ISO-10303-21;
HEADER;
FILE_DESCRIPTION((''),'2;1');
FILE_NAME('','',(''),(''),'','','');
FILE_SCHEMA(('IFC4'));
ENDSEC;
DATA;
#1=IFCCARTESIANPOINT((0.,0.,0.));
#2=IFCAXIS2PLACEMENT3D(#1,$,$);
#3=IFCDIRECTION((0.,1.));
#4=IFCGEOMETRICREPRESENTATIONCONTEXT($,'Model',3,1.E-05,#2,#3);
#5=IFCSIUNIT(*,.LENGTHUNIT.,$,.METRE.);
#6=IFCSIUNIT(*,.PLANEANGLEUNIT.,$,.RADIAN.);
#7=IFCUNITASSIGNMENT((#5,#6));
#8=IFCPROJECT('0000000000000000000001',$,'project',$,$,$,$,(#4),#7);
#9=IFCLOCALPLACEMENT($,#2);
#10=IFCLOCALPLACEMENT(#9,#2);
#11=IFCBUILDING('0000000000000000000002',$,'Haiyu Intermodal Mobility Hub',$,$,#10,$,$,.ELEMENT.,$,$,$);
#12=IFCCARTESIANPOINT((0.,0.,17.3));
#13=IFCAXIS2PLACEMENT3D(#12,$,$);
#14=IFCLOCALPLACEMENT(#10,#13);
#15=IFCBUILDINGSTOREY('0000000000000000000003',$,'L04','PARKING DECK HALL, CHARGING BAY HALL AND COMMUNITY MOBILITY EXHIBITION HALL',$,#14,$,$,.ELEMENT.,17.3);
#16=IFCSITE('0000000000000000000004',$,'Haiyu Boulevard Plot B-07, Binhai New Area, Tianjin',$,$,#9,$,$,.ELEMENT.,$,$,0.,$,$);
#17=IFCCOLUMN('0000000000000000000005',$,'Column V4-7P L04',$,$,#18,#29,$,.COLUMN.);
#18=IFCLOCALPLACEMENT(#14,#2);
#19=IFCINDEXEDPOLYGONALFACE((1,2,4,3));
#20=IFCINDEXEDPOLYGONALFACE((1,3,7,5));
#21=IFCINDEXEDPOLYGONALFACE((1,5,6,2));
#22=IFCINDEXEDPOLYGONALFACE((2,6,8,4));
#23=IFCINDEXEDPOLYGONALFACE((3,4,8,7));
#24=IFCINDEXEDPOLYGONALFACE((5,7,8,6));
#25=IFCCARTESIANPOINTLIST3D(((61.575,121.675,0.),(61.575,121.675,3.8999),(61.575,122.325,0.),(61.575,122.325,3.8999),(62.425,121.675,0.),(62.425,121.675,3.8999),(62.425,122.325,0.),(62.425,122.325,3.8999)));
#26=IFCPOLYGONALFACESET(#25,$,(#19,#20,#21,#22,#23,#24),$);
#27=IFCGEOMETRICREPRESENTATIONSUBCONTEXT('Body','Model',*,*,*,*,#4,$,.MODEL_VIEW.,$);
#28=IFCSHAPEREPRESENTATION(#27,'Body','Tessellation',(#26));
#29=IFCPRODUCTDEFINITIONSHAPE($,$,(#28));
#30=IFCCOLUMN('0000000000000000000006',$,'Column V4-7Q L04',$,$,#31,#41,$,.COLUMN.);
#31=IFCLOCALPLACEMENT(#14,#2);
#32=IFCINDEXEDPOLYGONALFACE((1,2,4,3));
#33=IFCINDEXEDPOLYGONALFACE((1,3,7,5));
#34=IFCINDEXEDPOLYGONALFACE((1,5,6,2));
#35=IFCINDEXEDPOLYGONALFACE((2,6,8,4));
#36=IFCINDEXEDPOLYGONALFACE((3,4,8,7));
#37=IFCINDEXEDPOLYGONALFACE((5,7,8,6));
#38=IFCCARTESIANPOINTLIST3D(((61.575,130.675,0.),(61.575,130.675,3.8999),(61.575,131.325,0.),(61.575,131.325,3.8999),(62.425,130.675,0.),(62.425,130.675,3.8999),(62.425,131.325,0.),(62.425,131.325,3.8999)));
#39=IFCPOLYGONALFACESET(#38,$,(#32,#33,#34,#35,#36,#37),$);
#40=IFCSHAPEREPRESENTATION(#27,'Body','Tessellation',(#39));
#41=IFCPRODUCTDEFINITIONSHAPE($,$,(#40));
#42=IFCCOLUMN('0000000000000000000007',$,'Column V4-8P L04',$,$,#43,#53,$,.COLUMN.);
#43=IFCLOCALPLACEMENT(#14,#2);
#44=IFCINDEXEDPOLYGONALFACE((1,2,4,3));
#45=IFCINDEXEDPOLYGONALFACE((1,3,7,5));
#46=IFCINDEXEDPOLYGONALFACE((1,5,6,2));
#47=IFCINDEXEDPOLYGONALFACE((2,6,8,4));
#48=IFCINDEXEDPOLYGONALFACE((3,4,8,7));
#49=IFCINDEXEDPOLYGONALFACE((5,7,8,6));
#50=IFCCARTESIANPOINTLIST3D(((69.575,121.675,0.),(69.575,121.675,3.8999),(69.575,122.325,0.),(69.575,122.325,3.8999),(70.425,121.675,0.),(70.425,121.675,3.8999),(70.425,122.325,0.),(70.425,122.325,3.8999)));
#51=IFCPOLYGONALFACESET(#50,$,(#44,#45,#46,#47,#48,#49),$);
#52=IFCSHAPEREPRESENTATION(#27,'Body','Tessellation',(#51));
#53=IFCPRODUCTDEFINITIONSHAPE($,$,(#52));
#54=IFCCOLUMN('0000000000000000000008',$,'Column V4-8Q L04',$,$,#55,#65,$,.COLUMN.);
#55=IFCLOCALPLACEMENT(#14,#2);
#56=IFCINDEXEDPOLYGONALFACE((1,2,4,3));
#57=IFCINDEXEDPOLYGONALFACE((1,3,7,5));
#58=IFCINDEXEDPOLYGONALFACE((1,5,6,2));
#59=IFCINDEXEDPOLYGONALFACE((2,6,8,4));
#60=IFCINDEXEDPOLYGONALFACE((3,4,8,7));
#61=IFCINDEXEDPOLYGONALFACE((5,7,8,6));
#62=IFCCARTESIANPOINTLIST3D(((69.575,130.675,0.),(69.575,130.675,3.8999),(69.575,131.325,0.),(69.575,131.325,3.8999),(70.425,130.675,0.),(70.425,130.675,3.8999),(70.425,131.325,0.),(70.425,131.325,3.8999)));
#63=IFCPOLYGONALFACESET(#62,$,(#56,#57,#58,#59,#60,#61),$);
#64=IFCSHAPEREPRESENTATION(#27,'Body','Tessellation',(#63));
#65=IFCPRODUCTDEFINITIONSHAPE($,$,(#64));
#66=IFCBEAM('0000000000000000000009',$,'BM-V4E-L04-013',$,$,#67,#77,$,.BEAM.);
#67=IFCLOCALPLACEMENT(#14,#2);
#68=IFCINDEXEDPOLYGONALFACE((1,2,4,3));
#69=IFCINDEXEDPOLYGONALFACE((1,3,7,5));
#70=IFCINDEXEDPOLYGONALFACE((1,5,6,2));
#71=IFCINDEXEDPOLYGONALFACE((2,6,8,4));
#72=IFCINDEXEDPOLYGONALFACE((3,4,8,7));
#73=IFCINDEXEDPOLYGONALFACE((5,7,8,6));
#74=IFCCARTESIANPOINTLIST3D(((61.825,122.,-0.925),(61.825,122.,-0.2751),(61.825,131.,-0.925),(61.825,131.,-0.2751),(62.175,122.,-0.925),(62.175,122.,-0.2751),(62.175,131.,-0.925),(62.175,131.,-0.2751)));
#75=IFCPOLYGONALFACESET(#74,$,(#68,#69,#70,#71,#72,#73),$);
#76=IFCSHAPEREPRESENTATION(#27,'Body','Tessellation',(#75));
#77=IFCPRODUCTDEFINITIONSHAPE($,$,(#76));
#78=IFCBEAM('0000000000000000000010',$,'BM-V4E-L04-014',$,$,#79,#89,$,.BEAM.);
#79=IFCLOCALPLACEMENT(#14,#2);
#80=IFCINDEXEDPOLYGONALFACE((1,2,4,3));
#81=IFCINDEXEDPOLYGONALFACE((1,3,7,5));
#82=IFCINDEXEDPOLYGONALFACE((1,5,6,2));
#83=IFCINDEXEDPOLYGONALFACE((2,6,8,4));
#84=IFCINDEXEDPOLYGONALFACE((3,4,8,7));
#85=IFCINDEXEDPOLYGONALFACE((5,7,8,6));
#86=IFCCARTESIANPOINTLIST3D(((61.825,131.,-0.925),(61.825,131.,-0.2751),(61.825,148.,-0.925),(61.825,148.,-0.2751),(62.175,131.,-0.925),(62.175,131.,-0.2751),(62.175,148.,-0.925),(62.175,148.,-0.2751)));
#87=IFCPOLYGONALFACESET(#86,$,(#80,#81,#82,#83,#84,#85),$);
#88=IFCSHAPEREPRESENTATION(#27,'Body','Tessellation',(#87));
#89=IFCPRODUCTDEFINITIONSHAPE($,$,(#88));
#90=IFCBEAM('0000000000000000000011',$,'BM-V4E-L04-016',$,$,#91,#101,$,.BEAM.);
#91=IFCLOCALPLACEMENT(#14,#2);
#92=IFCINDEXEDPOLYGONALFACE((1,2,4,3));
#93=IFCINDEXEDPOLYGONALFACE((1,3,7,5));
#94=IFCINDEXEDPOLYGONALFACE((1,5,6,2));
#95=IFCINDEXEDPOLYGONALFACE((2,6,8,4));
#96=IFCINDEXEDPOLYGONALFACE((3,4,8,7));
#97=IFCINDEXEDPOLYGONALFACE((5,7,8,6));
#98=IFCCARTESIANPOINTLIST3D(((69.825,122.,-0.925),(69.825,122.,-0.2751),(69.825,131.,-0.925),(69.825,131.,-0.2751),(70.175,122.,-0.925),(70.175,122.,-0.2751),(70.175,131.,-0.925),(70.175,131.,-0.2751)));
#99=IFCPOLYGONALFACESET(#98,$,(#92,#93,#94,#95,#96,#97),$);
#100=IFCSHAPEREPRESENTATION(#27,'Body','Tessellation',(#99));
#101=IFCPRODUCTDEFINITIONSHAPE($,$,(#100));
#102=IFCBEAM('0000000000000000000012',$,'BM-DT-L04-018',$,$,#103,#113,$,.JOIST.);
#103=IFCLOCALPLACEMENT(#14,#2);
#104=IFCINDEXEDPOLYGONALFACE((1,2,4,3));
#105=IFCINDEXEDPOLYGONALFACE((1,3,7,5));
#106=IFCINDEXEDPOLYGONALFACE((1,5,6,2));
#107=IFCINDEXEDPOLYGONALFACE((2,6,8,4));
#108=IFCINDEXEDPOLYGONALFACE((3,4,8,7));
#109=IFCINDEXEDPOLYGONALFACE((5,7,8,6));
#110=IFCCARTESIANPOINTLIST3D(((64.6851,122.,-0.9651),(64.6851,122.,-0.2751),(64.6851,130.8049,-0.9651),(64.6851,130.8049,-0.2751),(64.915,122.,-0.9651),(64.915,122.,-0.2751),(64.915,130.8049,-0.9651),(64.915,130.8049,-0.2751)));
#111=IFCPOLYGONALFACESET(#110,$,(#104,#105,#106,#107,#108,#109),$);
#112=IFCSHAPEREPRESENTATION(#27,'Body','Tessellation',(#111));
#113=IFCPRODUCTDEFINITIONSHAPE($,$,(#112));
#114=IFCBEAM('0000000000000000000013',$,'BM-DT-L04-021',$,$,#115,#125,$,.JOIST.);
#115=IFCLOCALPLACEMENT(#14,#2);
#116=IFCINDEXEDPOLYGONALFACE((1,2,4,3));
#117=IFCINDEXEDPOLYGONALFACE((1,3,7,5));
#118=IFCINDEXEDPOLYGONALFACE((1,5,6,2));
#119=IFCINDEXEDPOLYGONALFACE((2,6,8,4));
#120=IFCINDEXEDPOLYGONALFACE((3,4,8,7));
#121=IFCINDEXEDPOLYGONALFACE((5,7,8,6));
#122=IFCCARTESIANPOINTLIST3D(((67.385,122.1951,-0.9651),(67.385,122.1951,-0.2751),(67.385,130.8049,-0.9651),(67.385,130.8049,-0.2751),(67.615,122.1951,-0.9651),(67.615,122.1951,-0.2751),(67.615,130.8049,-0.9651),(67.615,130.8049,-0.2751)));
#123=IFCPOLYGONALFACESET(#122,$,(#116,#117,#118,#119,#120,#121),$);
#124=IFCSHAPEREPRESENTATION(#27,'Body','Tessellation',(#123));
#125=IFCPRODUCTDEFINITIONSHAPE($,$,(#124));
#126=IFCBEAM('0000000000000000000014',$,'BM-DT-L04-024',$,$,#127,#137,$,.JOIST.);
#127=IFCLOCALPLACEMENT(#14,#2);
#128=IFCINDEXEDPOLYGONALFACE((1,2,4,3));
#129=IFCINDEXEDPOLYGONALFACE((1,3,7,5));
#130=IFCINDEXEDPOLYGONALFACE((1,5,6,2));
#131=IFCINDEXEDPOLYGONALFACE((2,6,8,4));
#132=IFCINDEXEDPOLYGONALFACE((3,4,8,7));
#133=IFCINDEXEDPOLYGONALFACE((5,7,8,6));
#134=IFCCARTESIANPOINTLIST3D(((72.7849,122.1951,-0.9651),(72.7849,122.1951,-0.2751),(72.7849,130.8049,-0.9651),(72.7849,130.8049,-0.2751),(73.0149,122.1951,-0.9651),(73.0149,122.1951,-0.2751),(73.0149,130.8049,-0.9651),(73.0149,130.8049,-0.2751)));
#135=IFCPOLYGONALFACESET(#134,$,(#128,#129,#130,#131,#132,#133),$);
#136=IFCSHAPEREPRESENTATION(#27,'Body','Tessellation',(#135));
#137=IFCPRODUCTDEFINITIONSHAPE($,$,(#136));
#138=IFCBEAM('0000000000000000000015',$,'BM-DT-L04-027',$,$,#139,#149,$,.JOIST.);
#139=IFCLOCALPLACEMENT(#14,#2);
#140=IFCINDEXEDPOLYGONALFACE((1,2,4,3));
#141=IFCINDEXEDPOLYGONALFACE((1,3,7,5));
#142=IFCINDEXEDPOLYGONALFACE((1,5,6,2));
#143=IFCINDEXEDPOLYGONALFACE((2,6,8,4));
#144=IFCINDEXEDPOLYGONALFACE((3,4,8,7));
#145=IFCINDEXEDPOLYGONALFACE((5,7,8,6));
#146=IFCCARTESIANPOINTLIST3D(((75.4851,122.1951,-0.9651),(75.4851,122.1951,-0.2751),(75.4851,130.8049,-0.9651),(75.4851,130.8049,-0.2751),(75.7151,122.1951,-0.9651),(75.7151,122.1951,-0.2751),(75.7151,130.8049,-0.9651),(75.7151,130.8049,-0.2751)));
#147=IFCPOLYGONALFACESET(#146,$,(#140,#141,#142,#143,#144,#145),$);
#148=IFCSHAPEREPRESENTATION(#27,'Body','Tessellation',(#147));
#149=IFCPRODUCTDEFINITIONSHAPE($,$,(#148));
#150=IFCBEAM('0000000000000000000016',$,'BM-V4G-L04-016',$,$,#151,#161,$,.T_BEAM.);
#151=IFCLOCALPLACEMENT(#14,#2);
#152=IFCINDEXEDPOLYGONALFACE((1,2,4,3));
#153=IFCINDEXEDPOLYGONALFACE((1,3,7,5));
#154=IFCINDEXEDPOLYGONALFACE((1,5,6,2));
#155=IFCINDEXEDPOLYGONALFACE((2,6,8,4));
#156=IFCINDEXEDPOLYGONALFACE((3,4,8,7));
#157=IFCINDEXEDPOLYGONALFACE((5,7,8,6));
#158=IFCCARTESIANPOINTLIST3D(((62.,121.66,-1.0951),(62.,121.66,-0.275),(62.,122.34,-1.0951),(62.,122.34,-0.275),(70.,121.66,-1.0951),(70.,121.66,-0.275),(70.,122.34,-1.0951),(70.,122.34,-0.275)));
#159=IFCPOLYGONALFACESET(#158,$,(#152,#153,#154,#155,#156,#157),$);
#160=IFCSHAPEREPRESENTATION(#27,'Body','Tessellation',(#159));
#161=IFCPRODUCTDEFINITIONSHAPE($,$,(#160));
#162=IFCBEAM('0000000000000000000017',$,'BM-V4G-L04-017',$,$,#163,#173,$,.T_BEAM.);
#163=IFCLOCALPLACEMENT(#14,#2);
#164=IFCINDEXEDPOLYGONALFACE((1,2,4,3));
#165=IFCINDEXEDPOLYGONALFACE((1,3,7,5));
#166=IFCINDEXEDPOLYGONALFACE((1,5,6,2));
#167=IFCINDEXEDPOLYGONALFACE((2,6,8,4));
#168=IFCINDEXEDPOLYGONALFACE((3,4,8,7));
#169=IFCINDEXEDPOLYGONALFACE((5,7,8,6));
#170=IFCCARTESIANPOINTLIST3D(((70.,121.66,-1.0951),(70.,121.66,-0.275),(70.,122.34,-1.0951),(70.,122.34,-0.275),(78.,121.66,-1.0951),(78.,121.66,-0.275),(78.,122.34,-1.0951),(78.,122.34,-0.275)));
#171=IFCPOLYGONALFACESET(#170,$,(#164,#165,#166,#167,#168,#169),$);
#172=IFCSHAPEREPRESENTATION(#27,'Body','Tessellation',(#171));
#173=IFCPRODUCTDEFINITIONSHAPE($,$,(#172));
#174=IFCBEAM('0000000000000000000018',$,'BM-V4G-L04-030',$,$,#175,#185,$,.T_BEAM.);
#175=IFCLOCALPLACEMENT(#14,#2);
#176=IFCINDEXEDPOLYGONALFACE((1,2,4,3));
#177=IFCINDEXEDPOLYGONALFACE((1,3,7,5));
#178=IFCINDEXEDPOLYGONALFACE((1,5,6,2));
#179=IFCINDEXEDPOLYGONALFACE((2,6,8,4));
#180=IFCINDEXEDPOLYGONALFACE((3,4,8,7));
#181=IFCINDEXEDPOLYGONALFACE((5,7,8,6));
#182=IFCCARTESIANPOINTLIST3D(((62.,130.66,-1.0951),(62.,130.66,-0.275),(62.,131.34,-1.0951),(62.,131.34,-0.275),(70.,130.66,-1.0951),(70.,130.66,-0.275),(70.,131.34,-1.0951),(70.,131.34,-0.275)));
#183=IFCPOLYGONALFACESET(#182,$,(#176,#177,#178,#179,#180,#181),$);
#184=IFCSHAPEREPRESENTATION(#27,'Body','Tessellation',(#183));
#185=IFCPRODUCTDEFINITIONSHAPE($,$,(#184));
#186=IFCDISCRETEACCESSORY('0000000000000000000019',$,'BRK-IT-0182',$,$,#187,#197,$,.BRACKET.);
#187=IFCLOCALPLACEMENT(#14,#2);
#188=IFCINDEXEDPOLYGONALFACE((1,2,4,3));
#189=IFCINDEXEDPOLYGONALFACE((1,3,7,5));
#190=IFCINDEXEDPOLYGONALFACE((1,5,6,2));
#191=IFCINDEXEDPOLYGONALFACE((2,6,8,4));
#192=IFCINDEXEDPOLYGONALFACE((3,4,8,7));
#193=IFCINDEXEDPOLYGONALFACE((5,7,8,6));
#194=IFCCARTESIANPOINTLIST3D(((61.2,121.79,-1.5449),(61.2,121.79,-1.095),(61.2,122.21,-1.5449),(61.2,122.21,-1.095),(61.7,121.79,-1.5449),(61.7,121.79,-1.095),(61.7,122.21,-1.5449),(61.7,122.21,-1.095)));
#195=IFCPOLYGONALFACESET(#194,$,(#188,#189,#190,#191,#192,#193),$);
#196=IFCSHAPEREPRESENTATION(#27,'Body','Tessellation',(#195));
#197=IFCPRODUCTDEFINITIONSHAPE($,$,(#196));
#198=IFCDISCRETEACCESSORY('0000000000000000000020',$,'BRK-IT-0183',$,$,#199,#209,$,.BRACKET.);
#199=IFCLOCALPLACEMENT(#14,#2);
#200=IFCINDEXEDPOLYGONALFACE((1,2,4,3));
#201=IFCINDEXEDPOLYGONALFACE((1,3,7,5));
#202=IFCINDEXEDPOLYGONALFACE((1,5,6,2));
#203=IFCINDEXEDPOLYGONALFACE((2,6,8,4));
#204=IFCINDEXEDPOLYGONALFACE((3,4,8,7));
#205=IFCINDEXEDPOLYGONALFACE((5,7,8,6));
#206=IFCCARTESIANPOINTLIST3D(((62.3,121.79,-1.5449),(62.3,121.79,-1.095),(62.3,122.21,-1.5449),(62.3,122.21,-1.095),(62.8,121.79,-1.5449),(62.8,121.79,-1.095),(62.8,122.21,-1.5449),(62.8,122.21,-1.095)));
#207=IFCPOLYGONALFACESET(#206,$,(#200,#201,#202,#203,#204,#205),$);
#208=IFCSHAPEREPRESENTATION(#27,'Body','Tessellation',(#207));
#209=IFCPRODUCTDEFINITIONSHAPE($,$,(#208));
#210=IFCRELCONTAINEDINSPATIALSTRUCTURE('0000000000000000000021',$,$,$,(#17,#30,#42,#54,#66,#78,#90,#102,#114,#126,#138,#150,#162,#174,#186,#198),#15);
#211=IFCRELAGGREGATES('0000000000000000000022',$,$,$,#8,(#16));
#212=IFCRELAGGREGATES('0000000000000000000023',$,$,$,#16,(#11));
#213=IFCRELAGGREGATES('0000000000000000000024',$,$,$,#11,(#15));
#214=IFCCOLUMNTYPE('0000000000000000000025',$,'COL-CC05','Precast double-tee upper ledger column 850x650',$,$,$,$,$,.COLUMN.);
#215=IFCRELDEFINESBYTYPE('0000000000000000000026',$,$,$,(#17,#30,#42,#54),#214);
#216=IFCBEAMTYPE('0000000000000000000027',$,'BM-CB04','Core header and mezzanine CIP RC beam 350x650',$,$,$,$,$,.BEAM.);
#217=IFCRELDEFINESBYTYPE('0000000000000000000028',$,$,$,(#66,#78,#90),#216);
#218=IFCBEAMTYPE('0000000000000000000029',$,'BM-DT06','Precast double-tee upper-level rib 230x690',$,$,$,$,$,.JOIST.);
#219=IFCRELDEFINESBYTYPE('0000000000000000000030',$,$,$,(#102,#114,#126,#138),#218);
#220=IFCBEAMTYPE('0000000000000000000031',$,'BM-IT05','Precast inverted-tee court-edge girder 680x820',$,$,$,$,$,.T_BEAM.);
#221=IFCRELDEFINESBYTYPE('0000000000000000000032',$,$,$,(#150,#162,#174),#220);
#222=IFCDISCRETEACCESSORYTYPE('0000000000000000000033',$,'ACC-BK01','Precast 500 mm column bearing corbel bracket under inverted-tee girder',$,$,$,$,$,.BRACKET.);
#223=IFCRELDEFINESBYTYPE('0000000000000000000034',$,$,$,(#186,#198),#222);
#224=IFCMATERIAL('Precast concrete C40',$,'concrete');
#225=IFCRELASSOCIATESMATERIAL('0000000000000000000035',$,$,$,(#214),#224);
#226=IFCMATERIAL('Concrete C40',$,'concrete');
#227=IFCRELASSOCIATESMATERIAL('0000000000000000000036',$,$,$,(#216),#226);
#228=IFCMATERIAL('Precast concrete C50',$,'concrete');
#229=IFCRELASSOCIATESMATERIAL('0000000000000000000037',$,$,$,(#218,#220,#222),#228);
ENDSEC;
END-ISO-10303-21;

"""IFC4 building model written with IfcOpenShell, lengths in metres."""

from ifc_helpers import new_model, si_unit, direction, frame, origin, origin_2d, place, context, subcontext, project, spatial, rectangle, extrude, material, material_profile, profile_set, type_object, element, save


model = new_model("IFC4")

# Units and contexts
model_context = context("Model", 3, precision=1e-05, world=origin(), true_north=direction((0.0, 1.0)))
body_context = subcontext(model_context, "Body", "Model", "MODEL_VIEW")
ifc_project = project(units=[si_unit("LENGTHUNIT", "METRE"), si_unit("PLANEANGLEUNIT", "RADIAN")], contexts=[model_context])

# Site, building, storey
site_placement = place(None, origin())
site = spatial("IfcSite", under=ifc_project, at=site_placement, Name="Haiyu Boulevard Plot B-07, Binhai New Area, Tianjin", CompositionType="ELEMENT", RefElevation=0.0)
building_placement = place(site_placement, origin())
building = spatial("IfcBuilding", under=site, at=building_placement, Name="Haiyu Intermodal Mobility Hub", CompositionType="ELEMENT")
storey_placement = place(building_placement, frame((0.0, 0.0, 17.3)))
storey = spatial("IfcBuildingStorey", under=building, at=storey_placement, Name="L04", Description="PARKING DECK HALL, CHARGING BAY HALL AND COMMUNITY MOBILITY EXHIBITION HALL", CompositionType="ELEMENT", Elevation=17.3)

# Columns
ifc_material_1 = material(Name="Precast concrete C40", Category="concrete")
ifc_material_profile_1 = material_profile(ifc_material_1, rectangle(XDim=0.8501, YDim=0.6499, at=origin_2d()), Name="RC850x650")
ifc_profile_set_1 = profile_set([ifc_material_profile_1], Name="Precast concrete C40")
column_type = type_object("IfcColumnType", Name="COL-CC05", Description="Precast double-tee upper ledger column 850x650", PredefinedType="COLUMN", material=ifc_profile_set_1)
for number, where, z_axis, x_axis, name in (
    (1, (62.0, 122.0, 0.0), (0.0, 0.0, 1.0), (1.0, 0.0, 0.0), "Column V4-7P L04"),
    (2, (62.0, 131.0, 0.0), (0.0, 0.0, 1.0), (1.0, 0.0, 0.0), "Column V4-7Q L04"),
    (3, (70.0, 122.0, 0.0), (0.0, 0.0, 1.0), (1.0, 0.0, 0.0), "Column V4-8P L04"),
    (4, (70.0, 131.0, 0.0), (0.0, 0.0, 1.0), (1.0, 0.0, 0.0), "Column V4-8Q L04"),
):
    element("IfcColumn", number, at=place(storey_placement, frame(where, z_axis=z_axis, x_axis=x_axis)), inside=storey, type_object=column_type, Name=name, PredefinedType="COLUMN", context=body_context, shape_type="SweptSolid", body=[
        extrude(rectangle(XDim=0.8501, YDim=0.6499, at=origin_2d()), origin(), (0.0, 0.0, 1.0), 3.8999),
    ])

# Beams
ifc_material_2 = material(Name="Concrete C40", Category="concrete")
ifc_material_profile_2 = material_profile(ifc_material_2, rectangle(XDim=0.3501, YDim=0.6499, at=origin_2d()), Name="RCB350x650")
ifc_profile_set_2 = profile_set([ifc_material_profile_2], Name="Concrete C40")
beam_type_1 = type_object("IfcBeamType", Name="BM-CB04", Description="Core header and mezzanine CIP RC beam 350x650", PredefinedType="BEAM", material=ifc_profile_set_2)
beam_1_placement = place(storey_placement, frame((62.0, 122.0, -0.6001), z_axis=(0.0, 1.0, 0.0), x_axis=(-1.0, 0.0, 0.0)))
element("IfcBeam", 5, at=beam_1_placement, inside=storey, type_object=beam_type_1, Name="BM-V4E-L04-013", PredefinedType="BEAM", context=body_context, shape_type="SweptSolid", body=[
    extrude(rectangle(XDim=0.3501, YDim=0.6499, at=origin_2d()), origin(), (0.0, 0.0, 1.0), 9.0),
])
beam_2_placement = place(storey_placement, frame((62.0, 131.0, -0.6001), z_axis=(0.0, 1.0, 0.0), x_axis=(-1.0, 0.0, 0.0)))
element("IfcBeam", 6, at=beam_2_placement, inside=storey, type_object=beam_type_1, Name="BM-V4E-L04-014", PredefinedType="BEAM", context=body_context, shape_type="SweptSolid", body=[
    extrude(rectangle(XDim=0.3501, YDim=0.6499, at=origin_2d()), origin(), (0.0, 0.0, 1.0), 17.0),
])
beam_3_placement = place(storey_placement, frame((70.0, 122.0, -0.6001), z_axis=(0.0, 1.0, 0.0), x_axis=(-1.0, 0.0, 0.0)))
element("IfcBeam", 7, at=beam_3_placement, inside=storey, type_object=beam_type_1, Name="BM-V4E-L04-016", PredefinedType="BEAM", context=body_context, shape_type="SweptSolid", body=[
    extrude(rectangle(XDim=0.3501, YDim=0.6499, at=origin_2d()), origin(), (0.0, 0.0, 1.0), 9.0),
])
ifc_material_3 = material(Name="Precast concrete C50", Category="concrete")
ifc_material_profile_3 = material_profile(ifc_material_3, rectangle(XDim=0.23, YDim=0.6899, at=origin_2d()), Name="B230x690")
ifc_profile_set_3 = profile_set([ifc_material_profile_3], Name="Precast concrete C50")
beam_type_2 = type_object("IfcBeamType", Name="BM-DT06", Description="Precast double-tee upper-level rib 230x690", PredefinedType="JOIST", material=ifc_profile_set_3)
beam_4_placement = place(storey_placement, frame((64.8, 122.0, -0.6201), z_axis=(0.0, 1.0, 0.0), x_axis=(-1.0, 0.0, 0.0)))
element("IfcBeam", 8, at=beam_4_placement, inside=storey, type_object=beam_type_2, Name="BM-DT-L04-018", PredefinedType="JOIST", context=body_context, shape_type="SweptSolid", body=[
    extrude(rectangle(XDim=0.23, YDim=0.6899, at=origin_2d()), origin(), (0.0, 0.0, 1.0), 8.8049),
])
for number, where, z_axis, x_axis, name in (
    (9, (67.5, 122.1951, -0.6201), (0.0, 1.0, 0.0), (-1.0, 0.0, 0.0), "BM-DT-L04-021"),
    (10, (72.8999, 122.1951, -0.6201), (0.0, 1.0, 0.0), (-1.0, 0.0, 0.0), "BM-DT-L04-024"),
    (11, (75.6001, 122.1951, -0.6201), (0.0, 1.0, 0.0), (-1.0, 0.0, 0.0), "BM-DT-L04-027"),
):
    element("IfcBeam", number, at=place(storey_placement, frame(where, z_axis=z_axis, x_axis=x_axis)), inside=storey, type_object=beam_type_2, Name=name, PredefinedType="JOIST", context=body_context, shape_type="SweptSolid", body=[
        extrude(rectangle(XDim=0.23, YDim=0.6899, at=origin_2d()), origin(), (0.0, 0.0, 1.0), 8.6099),
    ])
ifc_material_profile_4 = material_profile(ifc_material_3, rectangle(XDim=0.6799, YDim=0.8201, at=origin_2d()), Name="B680x820")
ifc_profile_set_4 = profile_set([ifc_material_profile_4], Name="Precast concrete C50")
beam_type_3 = type_object("IfcBeamType", Name="BM-IT05", Description="Precast inverted-tee court-edge girder 680x820", PredefinedType="T_BEAM", material=ifc_profile_set_4)
for number, where, z_axis, x_axis, name in (
    (12, (62.0, 122.0, -0.6851), (1.0, 0.0, 0.0), (0.0, 1.0, 0.0), "BM-V4G-L04-016"),
    (13, (70.0, 122.0, -0.6851), (1.0, 0.0, 0.0), (0.0, 1.0, 0.0), "BM-V4G-L04-017"),
    (14, (62.0, 131.0, -0.6851), (1.0, 0.0, 0.0), (0.0, 1.0, 0.0), "BM-V4G-L04-030"),
):
    element("IfcBeam", number, at=place(storey_placement, frame(where, z_axis=z_axis, x_axis=x_axis)), inside=storey, type_object=beam_type_3, Name=name, PredefinedType="T_BEAM", context=body_context, shape_type="SweptSolid", body=[
        extrude(rectangle(XDim=0.6799, YDim=0.8201, at=origin_2d()), origin(), (0.0, 0.0, 1.0), 8.0),
    ])

# Discrete accessories
discrete_accessory_type = type_object("IfcDiscreteAccessoryType", Name="ACC-BK01", Description="Precast 500 mm column bearing corbel bracket under inverted-tee girder", PredefinedType="BRACKET", material=ifc_material_3)
for number, where, z_axis, x_axis, name in (
    (15, (61.45, 122.0, -1.5449), (0.0, 0.0, 1.0), (1.0, 0.0, 0.0), "BRK-IT-0182"),
    (16, (62.55, 122.0, -1.5449), (0.0, 0.0, 1.0), (1.0, 0.0, 0.0), "BRK-IT-0183"),
):
    element("IfcDiscreteAccessory", number, at=place(storey_placement, frame(where, z_axis=z_axis, x_axis=x_axis)), inside=storey, type_object=discrete_accessory_type, Name=name, PredefinedType="BRACKET", context=body_context, shape_type="SweptSolid", body=[
        extrude(rectangle(XDim=0.5, YDim=0.4199, at=origin_2d()), origin(), (0.0, 0.0, 1.0), 0.45),
    ])

save(model, "model.ifc")
